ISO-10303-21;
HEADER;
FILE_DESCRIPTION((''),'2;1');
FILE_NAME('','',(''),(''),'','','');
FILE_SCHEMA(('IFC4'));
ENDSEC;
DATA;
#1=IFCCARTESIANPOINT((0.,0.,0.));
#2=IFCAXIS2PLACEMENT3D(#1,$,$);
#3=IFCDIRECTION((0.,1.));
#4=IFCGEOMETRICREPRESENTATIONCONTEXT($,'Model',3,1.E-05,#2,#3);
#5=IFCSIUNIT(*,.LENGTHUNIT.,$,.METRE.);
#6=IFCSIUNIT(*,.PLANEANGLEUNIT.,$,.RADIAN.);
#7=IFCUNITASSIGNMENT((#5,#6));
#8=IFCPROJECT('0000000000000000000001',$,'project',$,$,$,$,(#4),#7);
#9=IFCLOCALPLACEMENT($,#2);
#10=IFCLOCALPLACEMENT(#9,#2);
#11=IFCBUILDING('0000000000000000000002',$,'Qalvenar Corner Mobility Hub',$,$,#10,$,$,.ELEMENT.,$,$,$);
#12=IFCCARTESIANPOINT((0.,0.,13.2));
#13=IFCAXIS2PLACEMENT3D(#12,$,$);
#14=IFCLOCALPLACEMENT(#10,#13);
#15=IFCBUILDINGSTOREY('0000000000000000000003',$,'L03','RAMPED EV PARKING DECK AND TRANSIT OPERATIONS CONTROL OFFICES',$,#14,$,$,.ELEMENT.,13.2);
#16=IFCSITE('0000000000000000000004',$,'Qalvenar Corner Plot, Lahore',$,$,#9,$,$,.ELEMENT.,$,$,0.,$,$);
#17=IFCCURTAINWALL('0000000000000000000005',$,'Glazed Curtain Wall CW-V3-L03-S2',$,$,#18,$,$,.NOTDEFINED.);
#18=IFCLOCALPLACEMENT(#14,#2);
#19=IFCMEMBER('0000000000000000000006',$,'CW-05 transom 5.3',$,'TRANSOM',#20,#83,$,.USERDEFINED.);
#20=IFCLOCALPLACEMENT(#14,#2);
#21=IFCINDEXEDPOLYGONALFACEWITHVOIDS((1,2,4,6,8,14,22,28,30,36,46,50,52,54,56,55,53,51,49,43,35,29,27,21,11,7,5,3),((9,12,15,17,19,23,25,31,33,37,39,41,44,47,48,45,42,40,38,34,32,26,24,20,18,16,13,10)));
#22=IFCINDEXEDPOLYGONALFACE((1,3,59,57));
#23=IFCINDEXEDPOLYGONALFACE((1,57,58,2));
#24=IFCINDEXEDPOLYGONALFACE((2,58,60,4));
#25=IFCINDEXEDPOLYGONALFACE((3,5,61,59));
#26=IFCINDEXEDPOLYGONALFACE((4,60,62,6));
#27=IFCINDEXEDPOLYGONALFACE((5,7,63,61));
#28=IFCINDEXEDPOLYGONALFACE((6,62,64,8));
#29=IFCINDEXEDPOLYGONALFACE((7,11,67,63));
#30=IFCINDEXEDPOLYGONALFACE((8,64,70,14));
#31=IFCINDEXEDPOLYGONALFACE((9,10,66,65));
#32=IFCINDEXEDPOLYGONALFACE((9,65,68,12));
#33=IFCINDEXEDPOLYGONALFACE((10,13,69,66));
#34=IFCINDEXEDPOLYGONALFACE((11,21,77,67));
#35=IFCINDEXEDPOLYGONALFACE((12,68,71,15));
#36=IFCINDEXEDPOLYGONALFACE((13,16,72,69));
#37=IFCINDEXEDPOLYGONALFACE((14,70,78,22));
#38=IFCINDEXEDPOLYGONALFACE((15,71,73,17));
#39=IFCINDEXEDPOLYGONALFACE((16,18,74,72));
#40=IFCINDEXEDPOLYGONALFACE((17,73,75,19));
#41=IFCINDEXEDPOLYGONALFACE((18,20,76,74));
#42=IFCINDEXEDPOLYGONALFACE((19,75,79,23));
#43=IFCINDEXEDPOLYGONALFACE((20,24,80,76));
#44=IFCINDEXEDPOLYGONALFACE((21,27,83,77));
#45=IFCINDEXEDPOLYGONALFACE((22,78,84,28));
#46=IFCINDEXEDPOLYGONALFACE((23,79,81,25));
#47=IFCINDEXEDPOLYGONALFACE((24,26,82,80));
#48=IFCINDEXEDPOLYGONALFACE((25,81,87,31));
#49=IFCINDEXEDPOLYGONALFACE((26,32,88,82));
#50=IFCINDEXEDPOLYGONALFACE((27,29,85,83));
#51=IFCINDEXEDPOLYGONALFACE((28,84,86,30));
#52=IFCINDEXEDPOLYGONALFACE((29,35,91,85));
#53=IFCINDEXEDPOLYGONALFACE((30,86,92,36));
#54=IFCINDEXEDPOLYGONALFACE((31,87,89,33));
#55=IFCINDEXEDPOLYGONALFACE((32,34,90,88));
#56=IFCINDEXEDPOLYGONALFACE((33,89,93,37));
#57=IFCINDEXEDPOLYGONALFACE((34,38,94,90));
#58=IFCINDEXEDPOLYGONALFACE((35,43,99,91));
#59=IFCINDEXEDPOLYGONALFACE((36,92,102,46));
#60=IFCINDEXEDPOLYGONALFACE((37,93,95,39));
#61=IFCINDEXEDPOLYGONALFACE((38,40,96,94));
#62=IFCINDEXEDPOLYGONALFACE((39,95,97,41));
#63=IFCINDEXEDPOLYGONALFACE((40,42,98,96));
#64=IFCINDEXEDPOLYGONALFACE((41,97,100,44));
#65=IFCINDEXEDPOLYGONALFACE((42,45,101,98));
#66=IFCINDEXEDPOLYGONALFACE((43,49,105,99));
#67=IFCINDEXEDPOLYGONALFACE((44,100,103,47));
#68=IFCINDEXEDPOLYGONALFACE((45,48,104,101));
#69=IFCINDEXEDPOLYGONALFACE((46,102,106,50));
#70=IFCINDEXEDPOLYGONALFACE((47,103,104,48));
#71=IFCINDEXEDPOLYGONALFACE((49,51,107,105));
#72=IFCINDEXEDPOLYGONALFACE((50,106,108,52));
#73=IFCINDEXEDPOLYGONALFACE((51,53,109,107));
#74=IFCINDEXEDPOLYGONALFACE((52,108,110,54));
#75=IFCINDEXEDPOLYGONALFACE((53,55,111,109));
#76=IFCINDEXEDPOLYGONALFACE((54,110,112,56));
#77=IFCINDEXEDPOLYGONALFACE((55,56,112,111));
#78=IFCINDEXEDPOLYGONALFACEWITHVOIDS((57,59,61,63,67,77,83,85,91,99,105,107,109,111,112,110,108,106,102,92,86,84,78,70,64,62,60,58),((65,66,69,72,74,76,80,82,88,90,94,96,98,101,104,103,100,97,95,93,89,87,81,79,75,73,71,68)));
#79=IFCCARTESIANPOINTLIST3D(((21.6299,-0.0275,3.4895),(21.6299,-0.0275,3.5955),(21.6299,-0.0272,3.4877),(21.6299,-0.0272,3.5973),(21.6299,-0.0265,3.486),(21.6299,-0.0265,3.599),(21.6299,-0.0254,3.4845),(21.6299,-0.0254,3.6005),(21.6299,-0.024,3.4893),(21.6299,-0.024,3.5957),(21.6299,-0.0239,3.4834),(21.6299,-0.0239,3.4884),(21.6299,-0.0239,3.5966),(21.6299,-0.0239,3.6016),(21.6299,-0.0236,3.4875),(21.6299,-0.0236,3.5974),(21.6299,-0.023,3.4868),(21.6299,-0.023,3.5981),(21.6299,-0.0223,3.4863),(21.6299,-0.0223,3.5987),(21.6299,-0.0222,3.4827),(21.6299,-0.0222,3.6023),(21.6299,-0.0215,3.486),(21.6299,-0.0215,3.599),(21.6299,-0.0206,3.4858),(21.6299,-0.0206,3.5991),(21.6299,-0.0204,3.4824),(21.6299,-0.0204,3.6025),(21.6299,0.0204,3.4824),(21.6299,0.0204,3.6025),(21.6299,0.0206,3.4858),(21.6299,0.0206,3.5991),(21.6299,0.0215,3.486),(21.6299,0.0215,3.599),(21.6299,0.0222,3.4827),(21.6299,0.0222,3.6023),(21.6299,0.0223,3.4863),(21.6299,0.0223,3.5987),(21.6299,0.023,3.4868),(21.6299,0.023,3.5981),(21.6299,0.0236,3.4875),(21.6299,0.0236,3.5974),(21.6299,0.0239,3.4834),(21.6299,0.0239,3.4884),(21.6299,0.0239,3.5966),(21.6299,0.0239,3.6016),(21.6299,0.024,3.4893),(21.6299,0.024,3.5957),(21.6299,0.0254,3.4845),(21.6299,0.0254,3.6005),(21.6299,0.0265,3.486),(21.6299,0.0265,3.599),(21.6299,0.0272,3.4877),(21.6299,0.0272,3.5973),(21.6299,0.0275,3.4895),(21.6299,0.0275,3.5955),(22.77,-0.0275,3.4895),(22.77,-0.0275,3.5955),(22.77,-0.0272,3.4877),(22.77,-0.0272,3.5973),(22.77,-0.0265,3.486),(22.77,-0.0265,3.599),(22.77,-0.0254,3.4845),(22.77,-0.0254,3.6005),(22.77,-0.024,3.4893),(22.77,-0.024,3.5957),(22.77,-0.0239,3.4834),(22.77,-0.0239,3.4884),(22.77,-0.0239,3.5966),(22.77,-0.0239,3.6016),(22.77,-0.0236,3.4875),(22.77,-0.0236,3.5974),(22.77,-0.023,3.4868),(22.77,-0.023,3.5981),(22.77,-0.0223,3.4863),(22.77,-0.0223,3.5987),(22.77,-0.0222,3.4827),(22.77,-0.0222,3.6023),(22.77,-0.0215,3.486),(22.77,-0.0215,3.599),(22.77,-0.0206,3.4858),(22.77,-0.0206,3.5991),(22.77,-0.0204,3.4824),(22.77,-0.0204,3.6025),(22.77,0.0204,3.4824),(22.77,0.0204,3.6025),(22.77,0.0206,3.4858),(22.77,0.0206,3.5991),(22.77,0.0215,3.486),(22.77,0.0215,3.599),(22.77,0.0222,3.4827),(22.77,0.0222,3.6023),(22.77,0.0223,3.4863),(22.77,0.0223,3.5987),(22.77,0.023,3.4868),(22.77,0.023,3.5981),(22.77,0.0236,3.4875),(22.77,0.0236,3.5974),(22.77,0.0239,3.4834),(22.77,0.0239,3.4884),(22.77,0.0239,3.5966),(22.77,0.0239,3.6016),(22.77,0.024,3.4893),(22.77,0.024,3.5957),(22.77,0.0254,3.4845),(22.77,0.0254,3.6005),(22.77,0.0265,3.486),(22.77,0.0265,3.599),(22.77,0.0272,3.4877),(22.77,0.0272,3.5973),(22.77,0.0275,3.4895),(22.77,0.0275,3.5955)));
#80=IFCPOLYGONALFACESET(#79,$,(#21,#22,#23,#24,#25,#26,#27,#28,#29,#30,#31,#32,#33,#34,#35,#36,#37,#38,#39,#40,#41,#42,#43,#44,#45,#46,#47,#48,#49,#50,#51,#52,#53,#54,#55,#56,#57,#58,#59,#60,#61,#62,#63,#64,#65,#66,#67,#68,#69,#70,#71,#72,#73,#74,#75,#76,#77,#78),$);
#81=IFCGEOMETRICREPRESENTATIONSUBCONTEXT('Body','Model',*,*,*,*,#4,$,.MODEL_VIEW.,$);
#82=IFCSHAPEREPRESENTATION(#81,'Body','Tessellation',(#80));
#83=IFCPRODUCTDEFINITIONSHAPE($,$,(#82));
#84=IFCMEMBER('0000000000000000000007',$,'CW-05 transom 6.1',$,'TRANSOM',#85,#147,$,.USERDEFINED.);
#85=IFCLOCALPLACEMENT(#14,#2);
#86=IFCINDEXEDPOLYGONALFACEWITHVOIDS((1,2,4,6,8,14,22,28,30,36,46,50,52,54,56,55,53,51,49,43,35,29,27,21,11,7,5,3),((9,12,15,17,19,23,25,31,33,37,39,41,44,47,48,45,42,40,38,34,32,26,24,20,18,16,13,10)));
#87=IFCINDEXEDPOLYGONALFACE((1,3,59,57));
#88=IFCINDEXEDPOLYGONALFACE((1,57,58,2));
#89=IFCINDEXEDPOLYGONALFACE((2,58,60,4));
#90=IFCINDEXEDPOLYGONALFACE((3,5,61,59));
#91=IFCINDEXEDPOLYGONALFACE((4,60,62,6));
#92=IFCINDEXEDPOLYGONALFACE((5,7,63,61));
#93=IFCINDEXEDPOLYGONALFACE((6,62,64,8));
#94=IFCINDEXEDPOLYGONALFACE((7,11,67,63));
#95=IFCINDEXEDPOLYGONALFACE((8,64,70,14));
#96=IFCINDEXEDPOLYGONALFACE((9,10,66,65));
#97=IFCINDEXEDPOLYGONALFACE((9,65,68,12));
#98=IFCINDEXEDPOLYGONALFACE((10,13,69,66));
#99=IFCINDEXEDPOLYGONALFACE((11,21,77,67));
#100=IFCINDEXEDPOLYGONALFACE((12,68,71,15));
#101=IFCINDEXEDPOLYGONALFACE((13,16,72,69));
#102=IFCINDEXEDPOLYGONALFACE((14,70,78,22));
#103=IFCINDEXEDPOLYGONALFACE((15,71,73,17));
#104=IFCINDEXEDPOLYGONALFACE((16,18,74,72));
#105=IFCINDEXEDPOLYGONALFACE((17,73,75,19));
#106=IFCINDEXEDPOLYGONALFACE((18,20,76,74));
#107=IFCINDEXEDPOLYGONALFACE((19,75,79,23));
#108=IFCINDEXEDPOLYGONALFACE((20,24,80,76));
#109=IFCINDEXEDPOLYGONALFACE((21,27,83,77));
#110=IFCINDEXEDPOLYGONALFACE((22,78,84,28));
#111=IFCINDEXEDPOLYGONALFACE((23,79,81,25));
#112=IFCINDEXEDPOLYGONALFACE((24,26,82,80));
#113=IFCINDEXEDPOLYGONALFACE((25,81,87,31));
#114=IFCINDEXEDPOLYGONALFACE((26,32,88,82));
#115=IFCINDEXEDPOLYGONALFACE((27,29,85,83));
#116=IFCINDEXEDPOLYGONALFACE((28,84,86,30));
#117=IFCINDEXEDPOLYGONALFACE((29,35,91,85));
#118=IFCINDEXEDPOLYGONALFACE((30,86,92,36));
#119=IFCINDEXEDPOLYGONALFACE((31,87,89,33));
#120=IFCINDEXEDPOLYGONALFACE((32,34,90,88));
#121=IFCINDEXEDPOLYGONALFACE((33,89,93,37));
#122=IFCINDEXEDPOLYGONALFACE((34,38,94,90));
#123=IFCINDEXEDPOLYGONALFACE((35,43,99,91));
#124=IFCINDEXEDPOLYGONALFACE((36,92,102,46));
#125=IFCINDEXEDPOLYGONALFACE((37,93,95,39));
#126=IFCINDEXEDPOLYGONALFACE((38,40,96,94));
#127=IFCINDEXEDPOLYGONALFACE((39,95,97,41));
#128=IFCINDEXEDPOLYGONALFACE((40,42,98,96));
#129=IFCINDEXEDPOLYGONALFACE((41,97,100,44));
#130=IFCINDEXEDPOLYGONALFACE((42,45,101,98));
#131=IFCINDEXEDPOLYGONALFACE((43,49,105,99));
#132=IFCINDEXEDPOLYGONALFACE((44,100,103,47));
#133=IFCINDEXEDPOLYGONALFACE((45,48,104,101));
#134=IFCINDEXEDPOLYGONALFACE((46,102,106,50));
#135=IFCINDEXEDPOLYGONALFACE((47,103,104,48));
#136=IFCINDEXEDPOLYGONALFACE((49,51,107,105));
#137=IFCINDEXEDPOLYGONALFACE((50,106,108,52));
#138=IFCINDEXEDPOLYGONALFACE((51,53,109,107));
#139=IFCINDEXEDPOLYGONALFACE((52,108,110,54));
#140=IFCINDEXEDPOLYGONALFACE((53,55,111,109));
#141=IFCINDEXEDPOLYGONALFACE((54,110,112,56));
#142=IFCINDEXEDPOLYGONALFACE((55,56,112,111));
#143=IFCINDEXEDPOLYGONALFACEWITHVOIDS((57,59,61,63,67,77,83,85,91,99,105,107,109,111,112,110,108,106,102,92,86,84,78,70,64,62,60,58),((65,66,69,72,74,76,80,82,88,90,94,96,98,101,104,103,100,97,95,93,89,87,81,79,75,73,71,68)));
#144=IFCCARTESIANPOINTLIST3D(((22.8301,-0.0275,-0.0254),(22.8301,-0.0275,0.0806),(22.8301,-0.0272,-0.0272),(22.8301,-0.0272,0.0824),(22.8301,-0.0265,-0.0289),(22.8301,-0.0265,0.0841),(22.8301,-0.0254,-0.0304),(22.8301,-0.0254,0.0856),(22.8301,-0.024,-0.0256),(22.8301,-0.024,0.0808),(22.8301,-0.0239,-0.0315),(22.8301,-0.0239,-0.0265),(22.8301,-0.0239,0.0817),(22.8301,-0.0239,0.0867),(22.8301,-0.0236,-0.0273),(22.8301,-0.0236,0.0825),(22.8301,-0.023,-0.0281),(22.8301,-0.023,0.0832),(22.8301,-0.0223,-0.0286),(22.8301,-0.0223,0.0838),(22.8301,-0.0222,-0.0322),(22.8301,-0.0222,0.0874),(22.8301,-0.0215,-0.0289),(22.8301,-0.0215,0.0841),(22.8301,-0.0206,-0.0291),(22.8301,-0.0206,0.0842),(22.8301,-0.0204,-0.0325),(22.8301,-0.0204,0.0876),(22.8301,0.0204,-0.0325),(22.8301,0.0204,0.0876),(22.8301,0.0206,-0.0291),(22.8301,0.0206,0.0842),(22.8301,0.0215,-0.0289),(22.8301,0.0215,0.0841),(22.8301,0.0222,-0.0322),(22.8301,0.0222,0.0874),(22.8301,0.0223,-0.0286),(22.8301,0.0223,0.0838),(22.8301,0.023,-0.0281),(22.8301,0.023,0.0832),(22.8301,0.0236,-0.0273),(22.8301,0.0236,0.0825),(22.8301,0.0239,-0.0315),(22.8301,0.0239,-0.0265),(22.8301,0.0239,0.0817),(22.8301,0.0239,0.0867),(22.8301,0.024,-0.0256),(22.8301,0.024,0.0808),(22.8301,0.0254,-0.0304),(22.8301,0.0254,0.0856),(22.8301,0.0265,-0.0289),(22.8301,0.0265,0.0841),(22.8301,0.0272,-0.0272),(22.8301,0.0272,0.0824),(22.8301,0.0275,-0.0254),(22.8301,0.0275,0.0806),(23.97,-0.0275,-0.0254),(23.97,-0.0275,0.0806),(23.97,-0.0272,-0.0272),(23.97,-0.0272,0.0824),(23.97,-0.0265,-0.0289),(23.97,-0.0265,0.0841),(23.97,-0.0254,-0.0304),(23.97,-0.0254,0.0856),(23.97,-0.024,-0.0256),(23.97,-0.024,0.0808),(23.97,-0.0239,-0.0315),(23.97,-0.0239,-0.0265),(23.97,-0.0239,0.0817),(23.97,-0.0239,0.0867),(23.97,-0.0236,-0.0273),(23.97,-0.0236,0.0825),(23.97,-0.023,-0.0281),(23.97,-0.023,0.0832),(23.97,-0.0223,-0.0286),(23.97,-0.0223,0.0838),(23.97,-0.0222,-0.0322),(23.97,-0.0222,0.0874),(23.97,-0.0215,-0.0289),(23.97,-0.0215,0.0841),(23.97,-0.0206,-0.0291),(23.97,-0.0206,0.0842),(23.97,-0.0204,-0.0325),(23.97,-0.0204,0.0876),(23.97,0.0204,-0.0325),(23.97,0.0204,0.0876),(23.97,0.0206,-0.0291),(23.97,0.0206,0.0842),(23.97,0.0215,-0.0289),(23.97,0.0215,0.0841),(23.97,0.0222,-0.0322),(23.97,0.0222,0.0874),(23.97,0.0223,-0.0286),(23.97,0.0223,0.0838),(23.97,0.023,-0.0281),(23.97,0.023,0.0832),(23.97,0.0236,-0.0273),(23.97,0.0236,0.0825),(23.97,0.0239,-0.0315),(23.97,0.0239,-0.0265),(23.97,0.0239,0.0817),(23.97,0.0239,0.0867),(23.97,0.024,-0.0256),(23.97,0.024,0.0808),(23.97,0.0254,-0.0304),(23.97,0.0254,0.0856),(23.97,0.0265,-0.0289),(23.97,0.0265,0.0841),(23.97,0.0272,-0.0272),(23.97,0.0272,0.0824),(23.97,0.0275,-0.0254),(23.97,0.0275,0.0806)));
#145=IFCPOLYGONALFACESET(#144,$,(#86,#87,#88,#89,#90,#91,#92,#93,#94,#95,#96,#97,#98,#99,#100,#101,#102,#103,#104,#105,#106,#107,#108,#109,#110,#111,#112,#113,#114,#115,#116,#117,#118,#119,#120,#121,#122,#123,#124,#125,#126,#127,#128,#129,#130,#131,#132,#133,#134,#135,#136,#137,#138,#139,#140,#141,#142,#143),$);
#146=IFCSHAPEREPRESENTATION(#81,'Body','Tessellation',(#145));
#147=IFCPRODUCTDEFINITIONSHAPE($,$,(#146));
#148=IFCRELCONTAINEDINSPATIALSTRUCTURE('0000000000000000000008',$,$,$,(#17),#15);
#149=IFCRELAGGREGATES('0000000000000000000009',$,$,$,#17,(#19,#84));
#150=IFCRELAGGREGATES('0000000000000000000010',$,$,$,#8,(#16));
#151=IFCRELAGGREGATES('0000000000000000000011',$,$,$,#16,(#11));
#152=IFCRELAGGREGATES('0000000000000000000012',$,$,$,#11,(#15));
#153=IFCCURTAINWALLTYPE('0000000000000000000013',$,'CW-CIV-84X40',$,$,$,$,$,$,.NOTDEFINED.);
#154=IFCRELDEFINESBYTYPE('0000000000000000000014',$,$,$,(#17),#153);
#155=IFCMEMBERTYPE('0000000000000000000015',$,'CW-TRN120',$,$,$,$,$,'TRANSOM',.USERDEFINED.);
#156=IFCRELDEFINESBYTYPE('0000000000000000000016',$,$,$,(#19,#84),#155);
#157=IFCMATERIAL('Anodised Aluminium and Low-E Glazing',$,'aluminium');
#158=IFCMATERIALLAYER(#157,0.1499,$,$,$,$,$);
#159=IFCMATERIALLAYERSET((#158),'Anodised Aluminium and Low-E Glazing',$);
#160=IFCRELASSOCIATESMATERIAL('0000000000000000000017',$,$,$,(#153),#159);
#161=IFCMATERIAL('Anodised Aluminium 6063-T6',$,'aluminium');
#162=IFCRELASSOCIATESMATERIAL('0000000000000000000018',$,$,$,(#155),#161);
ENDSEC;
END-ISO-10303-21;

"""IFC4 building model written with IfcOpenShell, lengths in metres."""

from ifc_helpers import new_model, si_unit, direction, frame, origin, origin_2d, place, context, subcontext, project, spatial, hollow_rectangle, extrude, material, layer, layer_set, material_profile, profile_set, type_object, element, aggregate, save


model = new_model("IFC4")

# Units and contexts
model_context = context("Model", 3, precision=1e-05, world=origin(), true_north=direction((0.0, 1.0)))
body_context = subcontext(model_context, "Body", "Model", "MODEL_VIEW")
ifc_project = project(units=[si_unit("LENGTHUNIT", "METRE"), si_unit("PLANEANGLEUNIT", "RADIAN")], contexts=[model_context])

# Site, building, storey
site_placement = place(None, origin())
site = spatial("IfcSite", under=ifc_project, at=site_placement, Name="Qalvenar Corner Plot, Lahore", CompositionType="ELEMENT", RefElevation=0.0)
building_placement = place(site_placement, origin())
building = spatial("IfcBuilding", under=site, at=building_placement, Name="Qalvenar Corner Mobility Hub", CompositionType="ELEMENT")
storey_placement = place(building_placement, frame((0.0, 0.0, 13.2)))
storey = spatial("IfcBuildingStorey", under=building, at=storey_placement, Name="L03", Description="RAMPED EV PARKING DECK AND TRANSIT OPERATIONS CONTROL OFFICES", CompositionType="ELEMENT", Elevation=13.2)

# Curtain wall, members
ifc_material_1 = material(Name="Anodised Aluminium and Low-E Glazing", Category="aluminium")
ifc_layer_1 = layer(ifc_material_1, 0.1499)
ifc_layer_set_1 = layer_set([ifc_layer_1], Name="Anodised Aluminium and Low-E Glazing")
curtain_wall_type = type_object("IfcCurtainWallType", Name="CW-CIV-84X40", PredefinedType="NOTDEFINED", material=ifc_layer_set_1)
curtain_wall_placement = place(storey_placement, origin())
curtain_wall = element("IfcCurtainWall", 1, at=curtain_wall_placement, inside=storey, type_object=curtain_wall_type, Name="Glazed Curtain Wall CW-V3-L03-S2", PredefinedType="NOTDEFINED")
ifc_material_2 = material(Name="Anodised Aluminium 6063-T6", Category="aluminium")
ifc_material_profile_1 = material_profile(ifc_material_2, hollow_rectangle(XDim=0.0549, YDim=0.1201, WallThickness=0.0034, InnerFilletRadius=0.0034, OuterFilletRadius=0.0071, at=origin_2d()), Name="RHS120x55x3.5")
ifc_profile_set_1 = profile_set([ifc_material_profile_1], Name="Anodised Aluminium 6063-T6")
member_type_1 = type_object("IfcMemberType", Name="CW-TRN120", ElementType="TRANSOM", PredefinedType="USERDEFINED", material=ifc_profile_set_1)
member_1_placement = place(storey_placement, frame((21.6299, 0.0, 3.5425), z_axis=(1.0, 0.0, 0.0), x_axis=(0.0, 1.0, 0.0)))
member_1 = element("IfcMember", 2, at=member_1_placement, type_object=member_type_1, Name="CW-05 transom 5.3", ObjectType="TRANSOM", PredefinedType="USERDEFINED", context=body_context, shape_type="SweptSolid", body=[
    extrude(hollow_rectangle(XDim=0.0549, YDim=0.1201, WallThickness=0.0034, InnerFilletRadius=0.0034, OuterFilletRadius=0.0071, at=origin_2d()), origin(), (0.0, 0.0, 1.0), 1.1401),
])
member_2_placement = place(storey_placement, frame((22.8301, 0.0, 0.0276), z_axis=(1.0, 0.0, 0.0), x_axis=(0.0, 1.0, 0.0)))
member_2 = element("IfcMember", 3, at=member_2_placement, type_object=member_type_1, Name="CW-05 transom 6.1", ObjectType="TRANSOM", PredefinedType="USERDEFINED", context=body_context, shape_type="SweptSolid", body=[
    extrude(hollow_rectangle(XDim=0.0549, YDim=0.1201, WallThickness=0.0034, InnerFilletRadius=0.0034, OuterFilletRadius=0.0071, at=origin_2d()), origin(), (0.0, 0.0, 1.0), 1.1399),
])
aggregate(curtain_wall, [member_1, member_2])

save(model, "model.ifc")
